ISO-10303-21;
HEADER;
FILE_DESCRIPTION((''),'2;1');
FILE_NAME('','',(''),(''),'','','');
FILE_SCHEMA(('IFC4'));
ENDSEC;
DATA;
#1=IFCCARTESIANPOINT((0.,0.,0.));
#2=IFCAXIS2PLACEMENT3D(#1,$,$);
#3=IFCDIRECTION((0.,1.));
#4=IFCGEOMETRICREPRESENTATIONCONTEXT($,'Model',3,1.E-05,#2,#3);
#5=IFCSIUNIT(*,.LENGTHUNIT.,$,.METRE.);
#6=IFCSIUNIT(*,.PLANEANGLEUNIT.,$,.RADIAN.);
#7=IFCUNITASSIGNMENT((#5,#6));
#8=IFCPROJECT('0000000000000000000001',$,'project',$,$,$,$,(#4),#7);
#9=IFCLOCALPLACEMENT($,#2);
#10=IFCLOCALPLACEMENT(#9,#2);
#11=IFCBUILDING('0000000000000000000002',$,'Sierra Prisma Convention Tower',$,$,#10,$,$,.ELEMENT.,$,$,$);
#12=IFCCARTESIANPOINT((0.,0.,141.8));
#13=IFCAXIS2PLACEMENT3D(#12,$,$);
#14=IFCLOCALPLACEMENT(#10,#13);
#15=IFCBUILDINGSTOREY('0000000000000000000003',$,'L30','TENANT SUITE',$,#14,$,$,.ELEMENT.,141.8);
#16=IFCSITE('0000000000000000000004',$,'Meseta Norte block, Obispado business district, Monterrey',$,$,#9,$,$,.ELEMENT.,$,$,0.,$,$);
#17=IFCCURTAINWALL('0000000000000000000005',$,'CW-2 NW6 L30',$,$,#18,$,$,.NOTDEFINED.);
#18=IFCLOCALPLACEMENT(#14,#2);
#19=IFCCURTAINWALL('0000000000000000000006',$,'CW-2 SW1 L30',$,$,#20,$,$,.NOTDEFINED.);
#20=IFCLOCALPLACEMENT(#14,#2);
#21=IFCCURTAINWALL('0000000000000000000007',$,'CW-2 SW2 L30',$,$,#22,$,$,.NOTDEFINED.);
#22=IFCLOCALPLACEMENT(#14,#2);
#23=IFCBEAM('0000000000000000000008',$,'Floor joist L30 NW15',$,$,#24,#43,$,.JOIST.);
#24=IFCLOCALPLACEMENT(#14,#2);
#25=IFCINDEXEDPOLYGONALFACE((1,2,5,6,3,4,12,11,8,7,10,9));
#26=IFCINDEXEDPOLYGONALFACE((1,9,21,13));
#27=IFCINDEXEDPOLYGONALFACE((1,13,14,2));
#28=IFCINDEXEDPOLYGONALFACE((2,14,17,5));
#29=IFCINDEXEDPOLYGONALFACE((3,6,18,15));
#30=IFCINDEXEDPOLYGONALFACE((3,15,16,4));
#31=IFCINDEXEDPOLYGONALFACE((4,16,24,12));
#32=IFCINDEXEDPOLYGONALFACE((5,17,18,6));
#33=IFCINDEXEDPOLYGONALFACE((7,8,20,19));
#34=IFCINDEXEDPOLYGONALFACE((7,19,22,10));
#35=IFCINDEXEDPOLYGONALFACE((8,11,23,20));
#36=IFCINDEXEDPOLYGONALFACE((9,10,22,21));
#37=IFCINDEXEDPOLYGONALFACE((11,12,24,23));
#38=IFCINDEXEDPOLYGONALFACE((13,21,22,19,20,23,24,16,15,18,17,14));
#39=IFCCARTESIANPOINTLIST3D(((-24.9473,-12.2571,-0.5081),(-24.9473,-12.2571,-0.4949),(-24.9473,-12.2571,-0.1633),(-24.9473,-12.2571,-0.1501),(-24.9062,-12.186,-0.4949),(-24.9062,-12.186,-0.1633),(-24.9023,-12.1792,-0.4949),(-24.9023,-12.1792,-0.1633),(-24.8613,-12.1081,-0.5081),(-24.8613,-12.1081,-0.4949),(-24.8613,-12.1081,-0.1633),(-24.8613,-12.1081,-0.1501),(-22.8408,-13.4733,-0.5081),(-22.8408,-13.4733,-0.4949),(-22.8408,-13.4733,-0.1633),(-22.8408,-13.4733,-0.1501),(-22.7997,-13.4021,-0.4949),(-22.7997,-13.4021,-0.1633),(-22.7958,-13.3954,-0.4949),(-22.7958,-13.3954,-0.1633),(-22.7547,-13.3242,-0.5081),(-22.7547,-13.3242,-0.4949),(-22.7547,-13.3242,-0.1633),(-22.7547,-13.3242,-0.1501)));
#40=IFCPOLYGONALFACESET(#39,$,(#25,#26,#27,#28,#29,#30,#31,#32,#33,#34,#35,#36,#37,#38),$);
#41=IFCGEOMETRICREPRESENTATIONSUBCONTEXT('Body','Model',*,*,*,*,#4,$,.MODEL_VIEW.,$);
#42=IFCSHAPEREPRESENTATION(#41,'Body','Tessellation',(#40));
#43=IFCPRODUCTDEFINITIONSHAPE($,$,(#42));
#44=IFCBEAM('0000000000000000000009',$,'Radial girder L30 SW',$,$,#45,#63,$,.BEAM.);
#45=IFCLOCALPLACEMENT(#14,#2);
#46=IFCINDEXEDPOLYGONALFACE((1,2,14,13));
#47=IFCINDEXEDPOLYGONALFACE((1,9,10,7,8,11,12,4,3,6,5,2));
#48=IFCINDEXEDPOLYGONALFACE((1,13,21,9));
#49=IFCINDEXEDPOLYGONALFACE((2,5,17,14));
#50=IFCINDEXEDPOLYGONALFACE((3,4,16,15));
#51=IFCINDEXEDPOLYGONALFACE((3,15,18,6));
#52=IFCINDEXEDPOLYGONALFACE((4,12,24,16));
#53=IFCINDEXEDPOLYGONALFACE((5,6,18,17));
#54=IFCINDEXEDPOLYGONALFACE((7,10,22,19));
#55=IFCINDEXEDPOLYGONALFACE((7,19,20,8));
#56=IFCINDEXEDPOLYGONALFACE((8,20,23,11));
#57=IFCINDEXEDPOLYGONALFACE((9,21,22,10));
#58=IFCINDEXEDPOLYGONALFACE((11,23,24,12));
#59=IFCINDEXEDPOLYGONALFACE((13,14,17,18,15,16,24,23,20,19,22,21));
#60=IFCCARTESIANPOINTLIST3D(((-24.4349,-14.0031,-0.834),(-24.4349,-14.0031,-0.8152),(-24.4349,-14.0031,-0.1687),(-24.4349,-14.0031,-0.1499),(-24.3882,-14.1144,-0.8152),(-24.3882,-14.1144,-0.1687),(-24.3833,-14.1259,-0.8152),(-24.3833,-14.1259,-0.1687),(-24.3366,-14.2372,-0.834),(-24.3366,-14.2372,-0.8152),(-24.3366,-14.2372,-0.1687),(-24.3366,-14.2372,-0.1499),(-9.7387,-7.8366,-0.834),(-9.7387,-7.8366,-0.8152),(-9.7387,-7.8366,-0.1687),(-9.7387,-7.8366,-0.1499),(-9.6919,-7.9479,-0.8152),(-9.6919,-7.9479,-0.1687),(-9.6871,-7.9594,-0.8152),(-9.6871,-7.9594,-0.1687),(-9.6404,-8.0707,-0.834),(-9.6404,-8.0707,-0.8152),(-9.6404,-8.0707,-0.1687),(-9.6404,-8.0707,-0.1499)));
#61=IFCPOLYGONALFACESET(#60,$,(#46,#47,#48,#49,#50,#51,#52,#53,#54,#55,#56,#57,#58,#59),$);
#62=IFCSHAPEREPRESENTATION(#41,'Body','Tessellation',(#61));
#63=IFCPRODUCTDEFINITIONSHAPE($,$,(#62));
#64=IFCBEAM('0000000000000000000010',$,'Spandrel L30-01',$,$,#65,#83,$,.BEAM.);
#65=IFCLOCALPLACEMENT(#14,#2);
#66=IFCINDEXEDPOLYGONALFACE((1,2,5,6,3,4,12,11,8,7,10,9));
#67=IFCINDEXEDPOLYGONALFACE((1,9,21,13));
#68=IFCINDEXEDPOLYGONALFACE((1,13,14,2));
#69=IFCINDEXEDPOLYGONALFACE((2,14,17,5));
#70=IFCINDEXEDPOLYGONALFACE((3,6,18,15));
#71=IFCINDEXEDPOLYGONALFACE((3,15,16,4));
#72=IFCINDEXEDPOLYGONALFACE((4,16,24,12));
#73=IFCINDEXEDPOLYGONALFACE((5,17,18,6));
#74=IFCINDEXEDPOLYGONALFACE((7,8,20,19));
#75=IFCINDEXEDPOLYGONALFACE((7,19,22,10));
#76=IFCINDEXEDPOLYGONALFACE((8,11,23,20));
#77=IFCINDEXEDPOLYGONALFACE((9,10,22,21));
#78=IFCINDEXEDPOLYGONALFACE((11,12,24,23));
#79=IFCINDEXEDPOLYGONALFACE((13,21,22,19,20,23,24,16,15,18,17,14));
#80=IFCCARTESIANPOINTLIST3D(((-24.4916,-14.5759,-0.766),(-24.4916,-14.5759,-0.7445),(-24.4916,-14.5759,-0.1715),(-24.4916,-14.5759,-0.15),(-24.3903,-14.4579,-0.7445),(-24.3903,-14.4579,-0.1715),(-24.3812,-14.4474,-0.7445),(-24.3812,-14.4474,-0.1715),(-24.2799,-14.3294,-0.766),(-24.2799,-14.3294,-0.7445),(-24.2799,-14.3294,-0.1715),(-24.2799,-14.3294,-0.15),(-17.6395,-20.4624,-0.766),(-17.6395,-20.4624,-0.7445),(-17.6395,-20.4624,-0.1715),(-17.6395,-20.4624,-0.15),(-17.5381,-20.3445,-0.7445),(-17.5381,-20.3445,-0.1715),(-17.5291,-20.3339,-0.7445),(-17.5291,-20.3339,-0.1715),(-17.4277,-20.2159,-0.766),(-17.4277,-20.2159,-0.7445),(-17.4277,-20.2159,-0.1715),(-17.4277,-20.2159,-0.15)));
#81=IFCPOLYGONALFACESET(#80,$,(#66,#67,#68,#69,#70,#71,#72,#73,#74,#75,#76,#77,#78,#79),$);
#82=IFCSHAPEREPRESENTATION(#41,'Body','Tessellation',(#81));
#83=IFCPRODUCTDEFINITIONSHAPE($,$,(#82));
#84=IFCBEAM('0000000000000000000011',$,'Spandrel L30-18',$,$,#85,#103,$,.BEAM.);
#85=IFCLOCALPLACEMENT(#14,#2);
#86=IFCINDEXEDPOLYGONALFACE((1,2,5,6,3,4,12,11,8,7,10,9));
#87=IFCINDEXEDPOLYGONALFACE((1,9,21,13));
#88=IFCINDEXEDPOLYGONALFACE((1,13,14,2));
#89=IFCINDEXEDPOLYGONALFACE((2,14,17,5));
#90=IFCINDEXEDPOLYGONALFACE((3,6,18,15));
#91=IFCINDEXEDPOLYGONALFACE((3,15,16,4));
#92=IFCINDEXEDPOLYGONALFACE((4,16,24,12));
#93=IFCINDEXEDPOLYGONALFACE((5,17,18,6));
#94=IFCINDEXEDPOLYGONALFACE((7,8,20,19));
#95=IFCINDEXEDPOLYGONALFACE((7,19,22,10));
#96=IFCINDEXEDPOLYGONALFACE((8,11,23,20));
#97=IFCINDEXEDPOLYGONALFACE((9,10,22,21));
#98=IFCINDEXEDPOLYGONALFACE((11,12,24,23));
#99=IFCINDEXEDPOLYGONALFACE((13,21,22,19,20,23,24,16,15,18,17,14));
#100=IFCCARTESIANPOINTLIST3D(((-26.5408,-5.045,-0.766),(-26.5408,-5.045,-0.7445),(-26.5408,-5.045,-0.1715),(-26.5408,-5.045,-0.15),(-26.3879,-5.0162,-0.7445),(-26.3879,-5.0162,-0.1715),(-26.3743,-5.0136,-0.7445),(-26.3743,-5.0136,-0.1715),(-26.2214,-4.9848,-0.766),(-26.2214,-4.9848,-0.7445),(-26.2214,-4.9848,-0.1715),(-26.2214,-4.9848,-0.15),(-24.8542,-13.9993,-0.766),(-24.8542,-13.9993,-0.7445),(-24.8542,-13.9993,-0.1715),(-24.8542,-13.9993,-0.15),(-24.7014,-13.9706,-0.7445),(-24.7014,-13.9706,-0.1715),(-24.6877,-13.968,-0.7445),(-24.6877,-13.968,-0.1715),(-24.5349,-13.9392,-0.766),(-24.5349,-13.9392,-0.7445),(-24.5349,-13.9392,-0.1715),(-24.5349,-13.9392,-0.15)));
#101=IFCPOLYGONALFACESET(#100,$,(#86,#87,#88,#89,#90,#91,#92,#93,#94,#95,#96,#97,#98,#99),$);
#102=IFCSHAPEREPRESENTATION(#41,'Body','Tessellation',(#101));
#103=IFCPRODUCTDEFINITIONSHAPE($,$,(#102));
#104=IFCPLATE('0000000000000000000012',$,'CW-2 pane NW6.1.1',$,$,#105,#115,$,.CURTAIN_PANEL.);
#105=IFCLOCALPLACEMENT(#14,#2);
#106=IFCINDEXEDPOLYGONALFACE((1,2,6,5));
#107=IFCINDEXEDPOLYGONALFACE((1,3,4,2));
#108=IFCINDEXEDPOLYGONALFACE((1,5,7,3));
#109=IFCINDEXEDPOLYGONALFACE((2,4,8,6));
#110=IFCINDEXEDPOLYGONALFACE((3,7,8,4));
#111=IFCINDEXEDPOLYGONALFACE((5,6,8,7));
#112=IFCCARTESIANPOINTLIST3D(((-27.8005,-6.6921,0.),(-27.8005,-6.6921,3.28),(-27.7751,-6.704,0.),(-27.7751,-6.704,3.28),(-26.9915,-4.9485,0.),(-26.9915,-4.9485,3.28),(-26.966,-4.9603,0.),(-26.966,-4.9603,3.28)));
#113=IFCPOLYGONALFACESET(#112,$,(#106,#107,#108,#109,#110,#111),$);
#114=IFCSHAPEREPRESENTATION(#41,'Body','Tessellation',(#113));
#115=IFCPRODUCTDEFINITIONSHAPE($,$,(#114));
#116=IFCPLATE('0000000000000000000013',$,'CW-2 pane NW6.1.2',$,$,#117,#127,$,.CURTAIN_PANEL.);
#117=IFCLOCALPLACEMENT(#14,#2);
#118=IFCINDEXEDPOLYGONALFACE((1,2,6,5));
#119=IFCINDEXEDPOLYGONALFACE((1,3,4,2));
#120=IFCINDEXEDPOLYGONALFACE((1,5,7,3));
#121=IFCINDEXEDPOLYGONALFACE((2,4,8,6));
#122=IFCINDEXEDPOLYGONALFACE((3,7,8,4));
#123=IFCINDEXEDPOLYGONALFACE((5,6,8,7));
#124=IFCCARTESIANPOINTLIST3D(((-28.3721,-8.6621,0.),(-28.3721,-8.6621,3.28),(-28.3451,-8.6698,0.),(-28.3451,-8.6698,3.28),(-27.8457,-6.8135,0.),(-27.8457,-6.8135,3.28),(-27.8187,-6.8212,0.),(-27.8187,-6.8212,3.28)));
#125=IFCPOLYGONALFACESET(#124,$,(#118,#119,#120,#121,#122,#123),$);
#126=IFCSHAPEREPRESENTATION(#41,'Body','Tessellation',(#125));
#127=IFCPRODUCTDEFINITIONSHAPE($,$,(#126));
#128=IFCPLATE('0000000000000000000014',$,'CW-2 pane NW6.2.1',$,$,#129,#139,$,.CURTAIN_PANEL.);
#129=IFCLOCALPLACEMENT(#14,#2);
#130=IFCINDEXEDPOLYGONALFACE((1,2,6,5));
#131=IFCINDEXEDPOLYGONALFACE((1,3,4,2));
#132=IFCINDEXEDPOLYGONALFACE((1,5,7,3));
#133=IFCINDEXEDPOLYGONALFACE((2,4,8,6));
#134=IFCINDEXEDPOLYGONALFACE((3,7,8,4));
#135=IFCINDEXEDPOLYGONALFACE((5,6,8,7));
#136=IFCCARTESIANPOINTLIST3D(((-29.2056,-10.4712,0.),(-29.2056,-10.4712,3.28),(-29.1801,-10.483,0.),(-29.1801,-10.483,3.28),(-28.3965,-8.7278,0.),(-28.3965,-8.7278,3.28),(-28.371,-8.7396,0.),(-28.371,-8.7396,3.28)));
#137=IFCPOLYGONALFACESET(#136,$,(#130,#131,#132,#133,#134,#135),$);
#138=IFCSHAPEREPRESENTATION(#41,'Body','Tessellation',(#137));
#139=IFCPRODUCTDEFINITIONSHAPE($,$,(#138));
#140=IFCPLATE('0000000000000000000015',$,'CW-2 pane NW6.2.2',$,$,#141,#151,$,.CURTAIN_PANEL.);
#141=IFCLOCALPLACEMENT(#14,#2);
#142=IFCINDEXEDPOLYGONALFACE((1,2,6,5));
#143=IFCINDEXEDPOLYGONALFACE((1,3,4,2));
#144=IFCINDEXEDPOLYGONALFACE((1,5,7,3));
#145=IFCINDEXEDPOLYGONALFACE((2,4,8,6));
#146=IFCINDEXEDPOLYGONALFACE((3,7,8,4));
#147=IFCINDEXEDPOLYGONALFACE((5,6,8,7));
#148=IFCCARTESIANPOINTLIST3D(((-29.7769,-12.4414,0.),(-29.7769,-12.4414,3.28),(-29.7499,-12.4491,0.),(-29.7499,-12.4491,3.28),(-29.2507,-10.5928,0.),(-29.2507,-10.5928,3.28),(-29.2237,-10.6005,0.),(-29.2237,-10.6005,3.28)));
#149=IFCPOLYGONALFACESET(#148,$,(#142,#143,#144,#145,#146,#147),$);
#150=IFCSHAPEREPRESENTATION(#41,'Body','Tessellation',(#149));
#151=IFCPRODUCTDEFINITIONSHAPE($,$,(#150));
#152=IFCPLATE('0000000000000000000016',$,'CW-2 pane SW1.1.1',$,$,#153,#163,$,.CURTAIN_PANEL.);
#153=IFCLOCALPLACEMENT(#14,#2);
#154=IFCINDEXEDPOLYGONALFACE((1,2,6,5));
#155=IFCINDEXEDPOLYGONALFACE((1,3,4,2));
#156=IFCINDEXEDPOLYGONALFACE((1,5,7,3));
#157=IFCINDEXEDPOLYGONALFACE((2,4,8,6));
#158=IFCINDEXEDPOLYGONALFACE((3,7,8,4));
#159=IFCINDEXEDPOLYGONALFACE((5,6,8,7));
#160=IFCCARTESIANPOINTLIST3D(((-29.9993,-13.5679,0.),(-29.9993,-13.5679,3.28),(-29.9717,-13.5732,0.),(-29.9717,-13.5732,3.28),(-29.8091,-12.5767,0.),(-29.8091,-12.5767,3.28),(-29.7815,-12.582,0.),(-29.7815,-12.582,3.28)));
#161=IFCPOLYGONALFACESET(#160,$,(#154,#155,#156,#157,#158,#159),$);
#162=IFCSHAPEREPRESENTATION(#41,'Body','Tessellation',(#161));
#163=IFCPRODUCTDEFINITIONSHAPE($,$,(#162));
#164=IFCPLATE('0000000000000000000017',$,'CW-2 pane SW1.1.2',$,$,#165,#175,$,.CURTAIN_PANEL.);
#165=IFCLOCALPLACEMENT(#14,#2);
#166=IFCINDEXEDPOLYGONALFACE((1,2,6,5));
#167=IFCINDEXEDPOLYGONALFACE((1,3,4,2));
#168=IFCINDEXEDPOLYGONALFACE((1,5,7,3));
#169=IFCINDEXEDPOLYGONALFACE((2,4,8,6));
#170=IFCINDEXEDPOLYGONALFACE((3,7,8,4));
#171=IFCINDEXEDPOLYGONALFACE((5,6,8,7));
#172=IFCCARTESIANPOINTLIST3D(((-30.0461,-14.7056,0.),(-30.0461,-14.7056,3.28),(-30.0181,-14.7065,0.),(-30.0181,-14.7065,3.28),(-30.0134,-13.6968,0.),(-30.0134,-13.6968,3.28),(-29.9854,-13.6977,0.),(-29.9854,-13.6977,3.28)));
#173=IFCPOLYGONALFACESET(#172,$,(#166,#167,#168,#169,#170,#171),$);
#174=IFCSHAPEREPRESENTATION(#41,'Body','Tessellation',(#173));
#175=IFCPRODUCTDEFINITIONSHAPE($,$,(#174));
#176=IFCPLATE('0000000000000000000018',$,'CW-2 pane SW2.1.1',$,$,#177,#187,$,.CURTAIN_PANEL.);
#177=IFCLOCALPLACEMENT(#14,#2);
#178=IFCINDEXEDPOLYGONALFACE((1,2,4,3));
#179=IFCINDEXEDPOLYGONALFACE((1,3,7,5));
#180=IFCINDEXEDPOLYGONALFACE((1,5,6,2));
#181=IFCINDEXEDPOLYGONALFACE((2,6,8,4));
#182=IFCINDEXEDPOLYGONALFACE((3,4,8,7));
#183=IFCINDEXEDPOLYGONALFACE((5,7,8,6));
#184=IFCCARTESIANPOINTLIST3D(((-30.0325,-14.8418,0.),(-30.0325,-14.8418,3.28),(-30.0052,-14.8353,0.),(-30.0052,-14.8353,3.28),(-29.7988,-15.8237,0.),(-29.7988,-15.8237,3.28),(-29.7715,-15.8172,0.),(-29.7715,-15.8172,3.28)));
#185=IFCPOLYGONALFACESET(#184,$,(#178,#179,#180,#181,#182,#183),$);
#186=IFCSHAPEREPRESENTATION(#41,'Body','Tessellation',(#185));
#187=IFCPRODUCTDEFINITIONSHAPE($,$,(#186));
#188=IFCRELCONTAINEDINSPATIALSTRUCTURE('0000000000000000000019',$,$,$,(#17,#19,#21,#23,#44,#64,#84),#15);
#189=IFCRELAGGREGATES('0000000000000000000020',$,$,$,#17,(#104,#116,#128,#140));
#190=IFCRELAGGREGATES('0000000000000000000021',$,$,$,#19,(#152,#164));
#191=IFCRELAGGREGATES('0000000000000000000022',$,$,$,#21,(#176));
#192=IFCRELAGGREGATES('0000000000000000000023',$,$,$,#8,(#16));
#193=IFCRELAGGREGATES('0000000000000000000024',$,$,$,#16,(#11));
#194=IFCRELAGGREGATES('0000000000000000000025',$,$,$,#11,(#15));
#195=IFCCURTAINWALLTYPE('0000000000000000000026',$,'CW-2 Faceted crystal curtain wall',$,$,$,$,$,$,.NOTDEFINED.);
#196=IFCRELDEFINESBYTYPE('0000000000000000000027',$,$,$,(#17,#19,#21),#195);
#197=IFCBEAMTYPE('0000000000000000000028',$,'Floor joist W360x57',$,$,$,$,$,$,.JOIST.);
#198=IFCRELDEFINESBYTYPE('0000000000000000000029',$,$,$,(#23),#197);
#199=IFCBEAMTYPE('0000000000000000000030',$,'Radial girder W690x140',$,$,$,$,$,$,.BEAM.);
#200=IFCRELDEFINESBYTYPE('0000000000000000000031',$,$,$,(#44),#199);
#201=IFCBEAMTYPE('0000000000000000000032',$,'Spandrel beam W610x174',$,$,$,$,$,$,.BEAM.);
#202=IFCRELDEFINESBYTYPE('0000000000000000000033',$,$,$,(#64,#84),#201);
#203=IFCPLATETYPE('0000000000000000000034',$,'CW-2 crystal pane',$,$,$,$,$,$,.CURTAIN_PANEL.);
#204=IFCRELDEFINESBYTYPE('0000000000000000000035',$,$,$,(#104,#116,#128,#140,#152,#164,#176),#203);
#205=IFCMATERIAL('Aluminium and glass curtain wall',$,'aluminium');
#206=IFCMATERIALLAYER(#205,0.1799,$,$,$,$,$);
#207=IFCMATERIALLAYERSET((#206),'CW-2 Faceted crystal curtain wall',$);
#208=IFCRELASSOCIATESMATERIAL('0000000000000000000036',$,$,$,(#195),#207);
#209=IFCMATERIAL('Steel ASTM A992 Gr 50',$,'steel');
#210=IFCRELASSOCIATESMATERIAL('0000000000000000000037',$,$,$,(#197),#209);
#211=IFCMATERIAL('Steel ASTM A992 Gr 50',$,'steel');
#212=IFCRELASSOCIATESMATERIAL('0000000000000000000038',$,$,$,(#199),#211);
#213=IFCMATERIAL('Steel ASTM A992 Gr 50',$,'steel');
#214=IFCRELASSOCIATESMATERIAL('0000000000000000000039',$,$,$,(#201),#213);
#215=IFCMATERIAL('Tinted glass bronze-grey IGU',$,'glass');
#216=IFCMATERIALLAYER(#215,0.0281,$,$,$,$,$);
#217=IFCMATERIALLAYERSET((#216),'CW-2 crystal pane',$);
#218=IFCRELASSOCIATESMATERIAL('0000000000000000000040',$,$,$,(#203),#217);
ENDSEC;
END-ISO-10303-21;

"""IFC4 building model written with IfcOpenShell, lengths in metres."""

from ifc_helpers import new_model, si_unit, direction, frame, origin, origin_2d, place, context, subcontext, project, spatial, polyline, i_section, outline, extrude, material, layer, layer_set, material_profile, profile_set, type_object, element, aggregate, save


model = new_model("IFC4")

# Units and contexts
model_context = context("Model", 3, precision=1e-05, world=origin(), true_north=direction((0.0, 1.0)))
body_context = subcontext(model_context, "Body", "Model", "MODEL_VIEW")
ifc_project = project(units=[si_unit("LENGTHUNIT", "METRE"), si_unit("PLANEANGLEUNIT", "RADIAN")], contexts=[model_context])

# Site, building, storey
site_placement = place(None, origin())
site = spatial("IfcSite", under=ifc_project, at=site_placement, Name="Meseta Norte block, Obispado business district, Monterrey", CompositionType="ELEMENT", RefElevation=0.0)
building_placement = place(site_placement, origin())
building = spatial("IfcBuilding", under=site, at=building_placement, Name="Sierra Prisma Convention Tower", CompositionType="ELEMENT")
storey_placement = place(building_placement, frame((0.0, 0.0, 141.8)))
storey = spatial("IfcBuildingStorey", under=building, at=storey_placement, Name="L30", Description="TENANT SUITE", CompositionType="ELEMENT", Elevation=141.8)

# Curtain wall
ifc_material_1 = material(Name="Aluminium and glass curtain wall", Category="aluminium")
ifc_layer_1 = layer(ifc_material_1, 0.1799)
ifc_layer_set_1 = layer_set([ifc_layer_1], Name="CW-2 Faceted crystal curtain wall")
curtain_wall_type = type_object("IfcCurtainWallType", Name="CW-2 Faceted crystal curtain wall", PredefinedType="NOTDEFINED", material=ifc_layer_set_1)
curtain_wall_1_placement = place(storey_placement, origin())
curtain_wall_1 = element("IfcCurtainWall", 1, at=curtain_wall_1_placement, inside=storey, type_object=curtain_wall_type, Name="CW-2 NW6 L30", PredefinedType="NOTDEFINED")

# Curtain wall
curtain_wall_2_placement = place(storey_placement, origin())
curtain_wall_2 = element("IfcCurtainWall", 2, at=curtain_wall_2_placement, inside=storey, type_object=curtain_wall_type, Name="CW-2 SW1 L30", PredefinedType="NOTDEFINED")

# Curtain wall
curtain_wall_3_placement = place(storey_placement, origin())
curtain_wall_3 = element("IfcCurtainWall", 3, at=curtain_wall_3_placement, inside=storey, type_object=curtain_wall_type, Name="CW-2 SW2 L30", PredefinedType="NOTDEFINED")

# Beams
ifc_material_2 = material(Name="Steel ASTM A992 Gr 50", Category="steel")
ifc_material_profile_1 = material_profile(ifc_material_2, i_section(OverallWidth=0.1721, OverallDepth=0.3579, WebThickness=0.0078, FlangeThickness=0.0132, at=origin_2d()), Name="W360x57")
ifc_profile_set_1 = profile_set([ifc_material_profile_1], Name="Steel ASTM A992 Gr 50")
beam_type_1 = type_object("IfcBeamType", Name="Floor joist W360x57", PredefinedType="JOIST", material=ifc_profile_set_1)
beam_1_placement = place(storey_placement, frame((-24.9043, -12.1826, -0.3291), z_axis=(0.866042, -0.499972, 0.0), x_axis=(0.499972, 0.866042, 0.0)))
element("IfcBeam", 4, at=beam_1_placement, inside=storey, type_object=beam_type_1, Name="Floor joist L30 NW15", PredefinedType="JOIST", context=body_context, shape_type="SweptSolid", body=[
    extrude(i_section(OverallWidth=0.1721, OverallDepth=0.3579, WebThickness=0.0078, FlangeThickness=0.0132, at=origin_2d()), origin(), (0.0, 0.0, 1.0), 2.4324),
])
ifc_material_3 = material(Name="Steel ASTM A992 Gr 50", Category="steel")
ifc_material_profile_2 = material_profile(ifc_material_3, i_section(OverallWidth=0.2539, OverallDepth=0.6841, WebThickness=0.0125, FlangeThickness=0.0188, at=origin_2d()), Name="W690x140")
ifc_profile_set_2 = profile_set([ifc_material_profile_2], Name="Steel ASTM A992 Gr 50")
beam_type_2 = type_object("IfcBeamType", Name="Radial girder W690x140", PredefinedType="BEAM", material=ifc_profile_set_2)
beam_2_placement = place(storey_placement, frame((-24.3857, -14.1201, -0.4919), z_axis=(0.922115, 0.386916, 0.0), x_axis=(-0.386916, 0.922115, 0.0)))
element("IfcBeam", 5, at=beam_2_placement, inside=storey, type_object=beam_type_2, Name="Radial girder L30 SW", PredefinedType="BEAM", context=body_context, shape_type="SweptSolid", body=[
    extrude(i_section(OverallWidth=0.2539, OverallDepth=0.6841, WebThickness=0.0125, FlangeThickness=0.0188, at=origin_2d()), origin(), (0.0, 0.0, 1.0), 15.9375),
])
ifc_material_4 = material(Name="Steel ASTM A992 Gr 50", Category="steel")
ifc_material_profile_3 = material_profile(ifc_material_4, i_section(OverallWidth=0.325, OverallDepth=0.616, WebThickness=0.0139, FlangeThickness=0.0215, at=origin_2d()), Name="W610x174")
ifc_profile_set_3 = profile_set([ifc_material_profile_3], Name="Steel ASTM A992 Gr 50")
beam_type_3 = type_object("IfcBeamType", Name="Spandrel beam W610x174", PredefinedType="BEAM", material=ifc_profile_set_3)
beam_3_placement = place(storey_placement, frame((-24.3857, -14.4526, -0.458), z_axis=(0.758529, -0.651639, 0.0), x_axis=(0.651639, 0.758529, 0.0)))
element("IfcBeam", 6, at=beam_3_placement, inside=storey, type_object=beam_type_3, Name="Spandrel L30-01", PredefinedType="BEAM", context=body_context, shape_type="SweptSolid", body=[
    extrude(i_section(OverallWidth=0.325, OverallDepth=0.616, WebThickness=0.0139, FlangeThickness=0.0215, at=origin_2d()), origin(), (0.0, 0.0, 1.0), 9.0334),
])
beam_4_placement = place(storey_placement, frame((-26.3811, -5.0149, -0.458), z_axis=(0.185092, -0.982721, 0.0), x_axis=(0.982721, 0.185092, 0.0)))
element("IfcBeam", 7, at=beam_4_placement, inside=storey, type_object=beam_type_3, Name="Spandrel L30-18", PredefinedType="BEAM", context=body_context, shape_type="SweptSolid", body=[
    extrude(i_section(OverallWidth=0.325, OverallDepth=0.616, WebThickness=0.0139, FlangeThickness=0.0215, at=origin_2d()), origin(), (0.0, 0.0, 1.0), 9.1118),
])

# Plates
ifc_material_5 = material(Name="Tinted glass bronze-grey IGU", Category="glass")
ifc_layer_2 = layer(ifc_material_5, 0.0281)
ifc_layer_set_2 = layer_set([ifc_layer_2], Name="CW-2 crystal pane")
plate_type = type_object("IfcPlateType", Name="CW-2 crystal pane", PredefinedType="CURTAIN_PANEL", material=ifc_layer_set_2)
plate_1_placement = place(storey_placement, frame((-26.9915, -4.9485, 0.0), z_axis=(-0.907103, 0.42091, 0.0), x_axis=(-0.42091, -0.907103, 0.0)))
plate_1 = element("IfcPlate", 8, at=plate_1_placement, type_object=plate_type, Name="CW-2 pane NW6.1.1", PredefinedType="CURTAIN_PANEL", context=body_context, shape_type="SweptSolid", body=[
    extrude(outline(polyline([(0.0, 0.0), (1.9222, 0.0), (1.9222, 3.28), (0.0, 3.28), (0.0, 0.0)])), origin(), (0.0, 0.0, -1.0), 0.0281),
])
plate_2_placement = place(storey_placement, frame((-28.3721, -8.6621, 0.0), z_axis=(-0.961773, 0.273849, 0.0), x_axis=(0.273849, 0.961773, 0.0)))
plate_2 = element("IfcPlate", 9, at=plate_2_placement, type_object=plate_type, Name="CW-2 pane NW6.1.2", PredefinedType="CURTAIN_PANEL", context=body_context, shape_type="SweptSolid", body=[
    extrude(outline(polyline([(0.0, 0.0), (1.9221, 0.0), (1.9221, -3.28), (0.0, -3.28), (0.0, 0.0)])), origin(), (0.0, 0.0, -1.0), 0.0281),
])
plate_3_placement = place(storey_placement, frame((-28.3965, -8.7278, 0.0), z_axis=(-0.90708, 0.420958, 0.0), x_axis=(-0.420958, -0.90708, 0.0)))
plate_3 = element("IfcPlate", 10, at=plate_3_placement, type_object=plate_type, Name="CW-2 pane NW6.2.1", PredefinedType="CURTAIN_PANEL", context=body_context, shape_type="SweptSolid", body=[
    extrude(outline(polyline([(0.0, 0.0), (1.922, 0.0), (1.922, 3.28), (0.0, 3.28), (0.0, 0.0)])), origin(), (0.0, 0.0, -1.0), 0.0281),
])
plate_4_placement = place(storey_placement, frame((-29.7769, -12.4414, 0.0), z_axis=(-0.961806, 0.273731, 0.0), x_axis=(0.273731, 0.961806, 0.0)))
plate_4 = element("IfcPlate", 11, at=plate_4_placement, type_object=plate_type, Name="CW-2 pane NW6.2.2", PredefinedType="CURTAIN_PANEL", context=body_context, shape_type="SweptSolid", body=[
    extrude(outline(polyline([(0.0, 0.0), (1.922, 0.0), (1.922, -3.28), (0.0, -3.28), (0.0, 0.0)])), origin(), (0.0, 0.0, -1.0), 0.0281),
])
aggregate(curtain_wall_1, [plate_1, plate_2, plate_3, plate_4])
plate_5_placement = place(storey_placement, frame((-29.8091, -12.5767, 0.0), z_axis=(-0.982086, 0.188435, 0.0), x_axis=(-0.188435, -0.982086, 0.0)))
plate_5 = element("IfcPlate", 12, at=plate_5_placement, type_object=plate_type, Name="CW-2 pane SW1.1.1", PredefinedType="CURTAIN_PANEL", context=body_context, shape_type="SweptSolid", body=[
    extrude(outline(polyline([(0.0, 0.0), (1.0093, 0.0), (1.0093, 3.28), (0.0, 3.28), (0.0, 0.0)])), origin(), (0.0, 0.0, -1.0), 0.0281),
])
plate_6_placement = place(storey_placement, frame((-30.0461, -14.7056, 0.0), z_axis=(-0.999475, 0.032413, 0.0), x_axis=(0.032413, 0.999475, 0.0)))
plate_6 = element("IfcPlate", 13, at=plate_6_placement, type_object=plate_type, Name="CW-2 pane SW1.1.2", PredefinedType="CURTAIN_PANEL", context=body_context, shape_type="SweptSolid", body=[
    extrude(outline(polyline([(0.0, 0.0), (1.0093, 0.0), (1.0093, -3.28), (0.0, -3.28), (0.0, 0.0)])), origin(), (0.0, 0.0, -1.0), 0.0281),
])
aggregate(curtain_wall_2, [plate_5, plate_6])
plate_7_placement = place(storey_placement, frame((-30.0325, -14.8418, 0.0), z_axis=(-0.97284, -0.231479, 0.0), x_axis=(0.231479, -0.97284, 0.0)))
plate_7 = element("IfcPlate", 14, at=plate_7_placement, type_object=plate_type, Name="CW-2 pane SW2.1.1", PredefinedType="CURTAIN_PANEL", context=body_context, shape_type="SweptSolid", body=[
    extrude(outline(polyline([(0.0, 0.0), (1.0093, 0.0), (1.0093, 3.28), (0.0, 3.28), (0.0, 0.0)])), origin(), (0.0, 0.0, -1.0), 0.0281),
])
aggregate(curtain_wall_3, [plate_7])

save(model, "model.ifc")
